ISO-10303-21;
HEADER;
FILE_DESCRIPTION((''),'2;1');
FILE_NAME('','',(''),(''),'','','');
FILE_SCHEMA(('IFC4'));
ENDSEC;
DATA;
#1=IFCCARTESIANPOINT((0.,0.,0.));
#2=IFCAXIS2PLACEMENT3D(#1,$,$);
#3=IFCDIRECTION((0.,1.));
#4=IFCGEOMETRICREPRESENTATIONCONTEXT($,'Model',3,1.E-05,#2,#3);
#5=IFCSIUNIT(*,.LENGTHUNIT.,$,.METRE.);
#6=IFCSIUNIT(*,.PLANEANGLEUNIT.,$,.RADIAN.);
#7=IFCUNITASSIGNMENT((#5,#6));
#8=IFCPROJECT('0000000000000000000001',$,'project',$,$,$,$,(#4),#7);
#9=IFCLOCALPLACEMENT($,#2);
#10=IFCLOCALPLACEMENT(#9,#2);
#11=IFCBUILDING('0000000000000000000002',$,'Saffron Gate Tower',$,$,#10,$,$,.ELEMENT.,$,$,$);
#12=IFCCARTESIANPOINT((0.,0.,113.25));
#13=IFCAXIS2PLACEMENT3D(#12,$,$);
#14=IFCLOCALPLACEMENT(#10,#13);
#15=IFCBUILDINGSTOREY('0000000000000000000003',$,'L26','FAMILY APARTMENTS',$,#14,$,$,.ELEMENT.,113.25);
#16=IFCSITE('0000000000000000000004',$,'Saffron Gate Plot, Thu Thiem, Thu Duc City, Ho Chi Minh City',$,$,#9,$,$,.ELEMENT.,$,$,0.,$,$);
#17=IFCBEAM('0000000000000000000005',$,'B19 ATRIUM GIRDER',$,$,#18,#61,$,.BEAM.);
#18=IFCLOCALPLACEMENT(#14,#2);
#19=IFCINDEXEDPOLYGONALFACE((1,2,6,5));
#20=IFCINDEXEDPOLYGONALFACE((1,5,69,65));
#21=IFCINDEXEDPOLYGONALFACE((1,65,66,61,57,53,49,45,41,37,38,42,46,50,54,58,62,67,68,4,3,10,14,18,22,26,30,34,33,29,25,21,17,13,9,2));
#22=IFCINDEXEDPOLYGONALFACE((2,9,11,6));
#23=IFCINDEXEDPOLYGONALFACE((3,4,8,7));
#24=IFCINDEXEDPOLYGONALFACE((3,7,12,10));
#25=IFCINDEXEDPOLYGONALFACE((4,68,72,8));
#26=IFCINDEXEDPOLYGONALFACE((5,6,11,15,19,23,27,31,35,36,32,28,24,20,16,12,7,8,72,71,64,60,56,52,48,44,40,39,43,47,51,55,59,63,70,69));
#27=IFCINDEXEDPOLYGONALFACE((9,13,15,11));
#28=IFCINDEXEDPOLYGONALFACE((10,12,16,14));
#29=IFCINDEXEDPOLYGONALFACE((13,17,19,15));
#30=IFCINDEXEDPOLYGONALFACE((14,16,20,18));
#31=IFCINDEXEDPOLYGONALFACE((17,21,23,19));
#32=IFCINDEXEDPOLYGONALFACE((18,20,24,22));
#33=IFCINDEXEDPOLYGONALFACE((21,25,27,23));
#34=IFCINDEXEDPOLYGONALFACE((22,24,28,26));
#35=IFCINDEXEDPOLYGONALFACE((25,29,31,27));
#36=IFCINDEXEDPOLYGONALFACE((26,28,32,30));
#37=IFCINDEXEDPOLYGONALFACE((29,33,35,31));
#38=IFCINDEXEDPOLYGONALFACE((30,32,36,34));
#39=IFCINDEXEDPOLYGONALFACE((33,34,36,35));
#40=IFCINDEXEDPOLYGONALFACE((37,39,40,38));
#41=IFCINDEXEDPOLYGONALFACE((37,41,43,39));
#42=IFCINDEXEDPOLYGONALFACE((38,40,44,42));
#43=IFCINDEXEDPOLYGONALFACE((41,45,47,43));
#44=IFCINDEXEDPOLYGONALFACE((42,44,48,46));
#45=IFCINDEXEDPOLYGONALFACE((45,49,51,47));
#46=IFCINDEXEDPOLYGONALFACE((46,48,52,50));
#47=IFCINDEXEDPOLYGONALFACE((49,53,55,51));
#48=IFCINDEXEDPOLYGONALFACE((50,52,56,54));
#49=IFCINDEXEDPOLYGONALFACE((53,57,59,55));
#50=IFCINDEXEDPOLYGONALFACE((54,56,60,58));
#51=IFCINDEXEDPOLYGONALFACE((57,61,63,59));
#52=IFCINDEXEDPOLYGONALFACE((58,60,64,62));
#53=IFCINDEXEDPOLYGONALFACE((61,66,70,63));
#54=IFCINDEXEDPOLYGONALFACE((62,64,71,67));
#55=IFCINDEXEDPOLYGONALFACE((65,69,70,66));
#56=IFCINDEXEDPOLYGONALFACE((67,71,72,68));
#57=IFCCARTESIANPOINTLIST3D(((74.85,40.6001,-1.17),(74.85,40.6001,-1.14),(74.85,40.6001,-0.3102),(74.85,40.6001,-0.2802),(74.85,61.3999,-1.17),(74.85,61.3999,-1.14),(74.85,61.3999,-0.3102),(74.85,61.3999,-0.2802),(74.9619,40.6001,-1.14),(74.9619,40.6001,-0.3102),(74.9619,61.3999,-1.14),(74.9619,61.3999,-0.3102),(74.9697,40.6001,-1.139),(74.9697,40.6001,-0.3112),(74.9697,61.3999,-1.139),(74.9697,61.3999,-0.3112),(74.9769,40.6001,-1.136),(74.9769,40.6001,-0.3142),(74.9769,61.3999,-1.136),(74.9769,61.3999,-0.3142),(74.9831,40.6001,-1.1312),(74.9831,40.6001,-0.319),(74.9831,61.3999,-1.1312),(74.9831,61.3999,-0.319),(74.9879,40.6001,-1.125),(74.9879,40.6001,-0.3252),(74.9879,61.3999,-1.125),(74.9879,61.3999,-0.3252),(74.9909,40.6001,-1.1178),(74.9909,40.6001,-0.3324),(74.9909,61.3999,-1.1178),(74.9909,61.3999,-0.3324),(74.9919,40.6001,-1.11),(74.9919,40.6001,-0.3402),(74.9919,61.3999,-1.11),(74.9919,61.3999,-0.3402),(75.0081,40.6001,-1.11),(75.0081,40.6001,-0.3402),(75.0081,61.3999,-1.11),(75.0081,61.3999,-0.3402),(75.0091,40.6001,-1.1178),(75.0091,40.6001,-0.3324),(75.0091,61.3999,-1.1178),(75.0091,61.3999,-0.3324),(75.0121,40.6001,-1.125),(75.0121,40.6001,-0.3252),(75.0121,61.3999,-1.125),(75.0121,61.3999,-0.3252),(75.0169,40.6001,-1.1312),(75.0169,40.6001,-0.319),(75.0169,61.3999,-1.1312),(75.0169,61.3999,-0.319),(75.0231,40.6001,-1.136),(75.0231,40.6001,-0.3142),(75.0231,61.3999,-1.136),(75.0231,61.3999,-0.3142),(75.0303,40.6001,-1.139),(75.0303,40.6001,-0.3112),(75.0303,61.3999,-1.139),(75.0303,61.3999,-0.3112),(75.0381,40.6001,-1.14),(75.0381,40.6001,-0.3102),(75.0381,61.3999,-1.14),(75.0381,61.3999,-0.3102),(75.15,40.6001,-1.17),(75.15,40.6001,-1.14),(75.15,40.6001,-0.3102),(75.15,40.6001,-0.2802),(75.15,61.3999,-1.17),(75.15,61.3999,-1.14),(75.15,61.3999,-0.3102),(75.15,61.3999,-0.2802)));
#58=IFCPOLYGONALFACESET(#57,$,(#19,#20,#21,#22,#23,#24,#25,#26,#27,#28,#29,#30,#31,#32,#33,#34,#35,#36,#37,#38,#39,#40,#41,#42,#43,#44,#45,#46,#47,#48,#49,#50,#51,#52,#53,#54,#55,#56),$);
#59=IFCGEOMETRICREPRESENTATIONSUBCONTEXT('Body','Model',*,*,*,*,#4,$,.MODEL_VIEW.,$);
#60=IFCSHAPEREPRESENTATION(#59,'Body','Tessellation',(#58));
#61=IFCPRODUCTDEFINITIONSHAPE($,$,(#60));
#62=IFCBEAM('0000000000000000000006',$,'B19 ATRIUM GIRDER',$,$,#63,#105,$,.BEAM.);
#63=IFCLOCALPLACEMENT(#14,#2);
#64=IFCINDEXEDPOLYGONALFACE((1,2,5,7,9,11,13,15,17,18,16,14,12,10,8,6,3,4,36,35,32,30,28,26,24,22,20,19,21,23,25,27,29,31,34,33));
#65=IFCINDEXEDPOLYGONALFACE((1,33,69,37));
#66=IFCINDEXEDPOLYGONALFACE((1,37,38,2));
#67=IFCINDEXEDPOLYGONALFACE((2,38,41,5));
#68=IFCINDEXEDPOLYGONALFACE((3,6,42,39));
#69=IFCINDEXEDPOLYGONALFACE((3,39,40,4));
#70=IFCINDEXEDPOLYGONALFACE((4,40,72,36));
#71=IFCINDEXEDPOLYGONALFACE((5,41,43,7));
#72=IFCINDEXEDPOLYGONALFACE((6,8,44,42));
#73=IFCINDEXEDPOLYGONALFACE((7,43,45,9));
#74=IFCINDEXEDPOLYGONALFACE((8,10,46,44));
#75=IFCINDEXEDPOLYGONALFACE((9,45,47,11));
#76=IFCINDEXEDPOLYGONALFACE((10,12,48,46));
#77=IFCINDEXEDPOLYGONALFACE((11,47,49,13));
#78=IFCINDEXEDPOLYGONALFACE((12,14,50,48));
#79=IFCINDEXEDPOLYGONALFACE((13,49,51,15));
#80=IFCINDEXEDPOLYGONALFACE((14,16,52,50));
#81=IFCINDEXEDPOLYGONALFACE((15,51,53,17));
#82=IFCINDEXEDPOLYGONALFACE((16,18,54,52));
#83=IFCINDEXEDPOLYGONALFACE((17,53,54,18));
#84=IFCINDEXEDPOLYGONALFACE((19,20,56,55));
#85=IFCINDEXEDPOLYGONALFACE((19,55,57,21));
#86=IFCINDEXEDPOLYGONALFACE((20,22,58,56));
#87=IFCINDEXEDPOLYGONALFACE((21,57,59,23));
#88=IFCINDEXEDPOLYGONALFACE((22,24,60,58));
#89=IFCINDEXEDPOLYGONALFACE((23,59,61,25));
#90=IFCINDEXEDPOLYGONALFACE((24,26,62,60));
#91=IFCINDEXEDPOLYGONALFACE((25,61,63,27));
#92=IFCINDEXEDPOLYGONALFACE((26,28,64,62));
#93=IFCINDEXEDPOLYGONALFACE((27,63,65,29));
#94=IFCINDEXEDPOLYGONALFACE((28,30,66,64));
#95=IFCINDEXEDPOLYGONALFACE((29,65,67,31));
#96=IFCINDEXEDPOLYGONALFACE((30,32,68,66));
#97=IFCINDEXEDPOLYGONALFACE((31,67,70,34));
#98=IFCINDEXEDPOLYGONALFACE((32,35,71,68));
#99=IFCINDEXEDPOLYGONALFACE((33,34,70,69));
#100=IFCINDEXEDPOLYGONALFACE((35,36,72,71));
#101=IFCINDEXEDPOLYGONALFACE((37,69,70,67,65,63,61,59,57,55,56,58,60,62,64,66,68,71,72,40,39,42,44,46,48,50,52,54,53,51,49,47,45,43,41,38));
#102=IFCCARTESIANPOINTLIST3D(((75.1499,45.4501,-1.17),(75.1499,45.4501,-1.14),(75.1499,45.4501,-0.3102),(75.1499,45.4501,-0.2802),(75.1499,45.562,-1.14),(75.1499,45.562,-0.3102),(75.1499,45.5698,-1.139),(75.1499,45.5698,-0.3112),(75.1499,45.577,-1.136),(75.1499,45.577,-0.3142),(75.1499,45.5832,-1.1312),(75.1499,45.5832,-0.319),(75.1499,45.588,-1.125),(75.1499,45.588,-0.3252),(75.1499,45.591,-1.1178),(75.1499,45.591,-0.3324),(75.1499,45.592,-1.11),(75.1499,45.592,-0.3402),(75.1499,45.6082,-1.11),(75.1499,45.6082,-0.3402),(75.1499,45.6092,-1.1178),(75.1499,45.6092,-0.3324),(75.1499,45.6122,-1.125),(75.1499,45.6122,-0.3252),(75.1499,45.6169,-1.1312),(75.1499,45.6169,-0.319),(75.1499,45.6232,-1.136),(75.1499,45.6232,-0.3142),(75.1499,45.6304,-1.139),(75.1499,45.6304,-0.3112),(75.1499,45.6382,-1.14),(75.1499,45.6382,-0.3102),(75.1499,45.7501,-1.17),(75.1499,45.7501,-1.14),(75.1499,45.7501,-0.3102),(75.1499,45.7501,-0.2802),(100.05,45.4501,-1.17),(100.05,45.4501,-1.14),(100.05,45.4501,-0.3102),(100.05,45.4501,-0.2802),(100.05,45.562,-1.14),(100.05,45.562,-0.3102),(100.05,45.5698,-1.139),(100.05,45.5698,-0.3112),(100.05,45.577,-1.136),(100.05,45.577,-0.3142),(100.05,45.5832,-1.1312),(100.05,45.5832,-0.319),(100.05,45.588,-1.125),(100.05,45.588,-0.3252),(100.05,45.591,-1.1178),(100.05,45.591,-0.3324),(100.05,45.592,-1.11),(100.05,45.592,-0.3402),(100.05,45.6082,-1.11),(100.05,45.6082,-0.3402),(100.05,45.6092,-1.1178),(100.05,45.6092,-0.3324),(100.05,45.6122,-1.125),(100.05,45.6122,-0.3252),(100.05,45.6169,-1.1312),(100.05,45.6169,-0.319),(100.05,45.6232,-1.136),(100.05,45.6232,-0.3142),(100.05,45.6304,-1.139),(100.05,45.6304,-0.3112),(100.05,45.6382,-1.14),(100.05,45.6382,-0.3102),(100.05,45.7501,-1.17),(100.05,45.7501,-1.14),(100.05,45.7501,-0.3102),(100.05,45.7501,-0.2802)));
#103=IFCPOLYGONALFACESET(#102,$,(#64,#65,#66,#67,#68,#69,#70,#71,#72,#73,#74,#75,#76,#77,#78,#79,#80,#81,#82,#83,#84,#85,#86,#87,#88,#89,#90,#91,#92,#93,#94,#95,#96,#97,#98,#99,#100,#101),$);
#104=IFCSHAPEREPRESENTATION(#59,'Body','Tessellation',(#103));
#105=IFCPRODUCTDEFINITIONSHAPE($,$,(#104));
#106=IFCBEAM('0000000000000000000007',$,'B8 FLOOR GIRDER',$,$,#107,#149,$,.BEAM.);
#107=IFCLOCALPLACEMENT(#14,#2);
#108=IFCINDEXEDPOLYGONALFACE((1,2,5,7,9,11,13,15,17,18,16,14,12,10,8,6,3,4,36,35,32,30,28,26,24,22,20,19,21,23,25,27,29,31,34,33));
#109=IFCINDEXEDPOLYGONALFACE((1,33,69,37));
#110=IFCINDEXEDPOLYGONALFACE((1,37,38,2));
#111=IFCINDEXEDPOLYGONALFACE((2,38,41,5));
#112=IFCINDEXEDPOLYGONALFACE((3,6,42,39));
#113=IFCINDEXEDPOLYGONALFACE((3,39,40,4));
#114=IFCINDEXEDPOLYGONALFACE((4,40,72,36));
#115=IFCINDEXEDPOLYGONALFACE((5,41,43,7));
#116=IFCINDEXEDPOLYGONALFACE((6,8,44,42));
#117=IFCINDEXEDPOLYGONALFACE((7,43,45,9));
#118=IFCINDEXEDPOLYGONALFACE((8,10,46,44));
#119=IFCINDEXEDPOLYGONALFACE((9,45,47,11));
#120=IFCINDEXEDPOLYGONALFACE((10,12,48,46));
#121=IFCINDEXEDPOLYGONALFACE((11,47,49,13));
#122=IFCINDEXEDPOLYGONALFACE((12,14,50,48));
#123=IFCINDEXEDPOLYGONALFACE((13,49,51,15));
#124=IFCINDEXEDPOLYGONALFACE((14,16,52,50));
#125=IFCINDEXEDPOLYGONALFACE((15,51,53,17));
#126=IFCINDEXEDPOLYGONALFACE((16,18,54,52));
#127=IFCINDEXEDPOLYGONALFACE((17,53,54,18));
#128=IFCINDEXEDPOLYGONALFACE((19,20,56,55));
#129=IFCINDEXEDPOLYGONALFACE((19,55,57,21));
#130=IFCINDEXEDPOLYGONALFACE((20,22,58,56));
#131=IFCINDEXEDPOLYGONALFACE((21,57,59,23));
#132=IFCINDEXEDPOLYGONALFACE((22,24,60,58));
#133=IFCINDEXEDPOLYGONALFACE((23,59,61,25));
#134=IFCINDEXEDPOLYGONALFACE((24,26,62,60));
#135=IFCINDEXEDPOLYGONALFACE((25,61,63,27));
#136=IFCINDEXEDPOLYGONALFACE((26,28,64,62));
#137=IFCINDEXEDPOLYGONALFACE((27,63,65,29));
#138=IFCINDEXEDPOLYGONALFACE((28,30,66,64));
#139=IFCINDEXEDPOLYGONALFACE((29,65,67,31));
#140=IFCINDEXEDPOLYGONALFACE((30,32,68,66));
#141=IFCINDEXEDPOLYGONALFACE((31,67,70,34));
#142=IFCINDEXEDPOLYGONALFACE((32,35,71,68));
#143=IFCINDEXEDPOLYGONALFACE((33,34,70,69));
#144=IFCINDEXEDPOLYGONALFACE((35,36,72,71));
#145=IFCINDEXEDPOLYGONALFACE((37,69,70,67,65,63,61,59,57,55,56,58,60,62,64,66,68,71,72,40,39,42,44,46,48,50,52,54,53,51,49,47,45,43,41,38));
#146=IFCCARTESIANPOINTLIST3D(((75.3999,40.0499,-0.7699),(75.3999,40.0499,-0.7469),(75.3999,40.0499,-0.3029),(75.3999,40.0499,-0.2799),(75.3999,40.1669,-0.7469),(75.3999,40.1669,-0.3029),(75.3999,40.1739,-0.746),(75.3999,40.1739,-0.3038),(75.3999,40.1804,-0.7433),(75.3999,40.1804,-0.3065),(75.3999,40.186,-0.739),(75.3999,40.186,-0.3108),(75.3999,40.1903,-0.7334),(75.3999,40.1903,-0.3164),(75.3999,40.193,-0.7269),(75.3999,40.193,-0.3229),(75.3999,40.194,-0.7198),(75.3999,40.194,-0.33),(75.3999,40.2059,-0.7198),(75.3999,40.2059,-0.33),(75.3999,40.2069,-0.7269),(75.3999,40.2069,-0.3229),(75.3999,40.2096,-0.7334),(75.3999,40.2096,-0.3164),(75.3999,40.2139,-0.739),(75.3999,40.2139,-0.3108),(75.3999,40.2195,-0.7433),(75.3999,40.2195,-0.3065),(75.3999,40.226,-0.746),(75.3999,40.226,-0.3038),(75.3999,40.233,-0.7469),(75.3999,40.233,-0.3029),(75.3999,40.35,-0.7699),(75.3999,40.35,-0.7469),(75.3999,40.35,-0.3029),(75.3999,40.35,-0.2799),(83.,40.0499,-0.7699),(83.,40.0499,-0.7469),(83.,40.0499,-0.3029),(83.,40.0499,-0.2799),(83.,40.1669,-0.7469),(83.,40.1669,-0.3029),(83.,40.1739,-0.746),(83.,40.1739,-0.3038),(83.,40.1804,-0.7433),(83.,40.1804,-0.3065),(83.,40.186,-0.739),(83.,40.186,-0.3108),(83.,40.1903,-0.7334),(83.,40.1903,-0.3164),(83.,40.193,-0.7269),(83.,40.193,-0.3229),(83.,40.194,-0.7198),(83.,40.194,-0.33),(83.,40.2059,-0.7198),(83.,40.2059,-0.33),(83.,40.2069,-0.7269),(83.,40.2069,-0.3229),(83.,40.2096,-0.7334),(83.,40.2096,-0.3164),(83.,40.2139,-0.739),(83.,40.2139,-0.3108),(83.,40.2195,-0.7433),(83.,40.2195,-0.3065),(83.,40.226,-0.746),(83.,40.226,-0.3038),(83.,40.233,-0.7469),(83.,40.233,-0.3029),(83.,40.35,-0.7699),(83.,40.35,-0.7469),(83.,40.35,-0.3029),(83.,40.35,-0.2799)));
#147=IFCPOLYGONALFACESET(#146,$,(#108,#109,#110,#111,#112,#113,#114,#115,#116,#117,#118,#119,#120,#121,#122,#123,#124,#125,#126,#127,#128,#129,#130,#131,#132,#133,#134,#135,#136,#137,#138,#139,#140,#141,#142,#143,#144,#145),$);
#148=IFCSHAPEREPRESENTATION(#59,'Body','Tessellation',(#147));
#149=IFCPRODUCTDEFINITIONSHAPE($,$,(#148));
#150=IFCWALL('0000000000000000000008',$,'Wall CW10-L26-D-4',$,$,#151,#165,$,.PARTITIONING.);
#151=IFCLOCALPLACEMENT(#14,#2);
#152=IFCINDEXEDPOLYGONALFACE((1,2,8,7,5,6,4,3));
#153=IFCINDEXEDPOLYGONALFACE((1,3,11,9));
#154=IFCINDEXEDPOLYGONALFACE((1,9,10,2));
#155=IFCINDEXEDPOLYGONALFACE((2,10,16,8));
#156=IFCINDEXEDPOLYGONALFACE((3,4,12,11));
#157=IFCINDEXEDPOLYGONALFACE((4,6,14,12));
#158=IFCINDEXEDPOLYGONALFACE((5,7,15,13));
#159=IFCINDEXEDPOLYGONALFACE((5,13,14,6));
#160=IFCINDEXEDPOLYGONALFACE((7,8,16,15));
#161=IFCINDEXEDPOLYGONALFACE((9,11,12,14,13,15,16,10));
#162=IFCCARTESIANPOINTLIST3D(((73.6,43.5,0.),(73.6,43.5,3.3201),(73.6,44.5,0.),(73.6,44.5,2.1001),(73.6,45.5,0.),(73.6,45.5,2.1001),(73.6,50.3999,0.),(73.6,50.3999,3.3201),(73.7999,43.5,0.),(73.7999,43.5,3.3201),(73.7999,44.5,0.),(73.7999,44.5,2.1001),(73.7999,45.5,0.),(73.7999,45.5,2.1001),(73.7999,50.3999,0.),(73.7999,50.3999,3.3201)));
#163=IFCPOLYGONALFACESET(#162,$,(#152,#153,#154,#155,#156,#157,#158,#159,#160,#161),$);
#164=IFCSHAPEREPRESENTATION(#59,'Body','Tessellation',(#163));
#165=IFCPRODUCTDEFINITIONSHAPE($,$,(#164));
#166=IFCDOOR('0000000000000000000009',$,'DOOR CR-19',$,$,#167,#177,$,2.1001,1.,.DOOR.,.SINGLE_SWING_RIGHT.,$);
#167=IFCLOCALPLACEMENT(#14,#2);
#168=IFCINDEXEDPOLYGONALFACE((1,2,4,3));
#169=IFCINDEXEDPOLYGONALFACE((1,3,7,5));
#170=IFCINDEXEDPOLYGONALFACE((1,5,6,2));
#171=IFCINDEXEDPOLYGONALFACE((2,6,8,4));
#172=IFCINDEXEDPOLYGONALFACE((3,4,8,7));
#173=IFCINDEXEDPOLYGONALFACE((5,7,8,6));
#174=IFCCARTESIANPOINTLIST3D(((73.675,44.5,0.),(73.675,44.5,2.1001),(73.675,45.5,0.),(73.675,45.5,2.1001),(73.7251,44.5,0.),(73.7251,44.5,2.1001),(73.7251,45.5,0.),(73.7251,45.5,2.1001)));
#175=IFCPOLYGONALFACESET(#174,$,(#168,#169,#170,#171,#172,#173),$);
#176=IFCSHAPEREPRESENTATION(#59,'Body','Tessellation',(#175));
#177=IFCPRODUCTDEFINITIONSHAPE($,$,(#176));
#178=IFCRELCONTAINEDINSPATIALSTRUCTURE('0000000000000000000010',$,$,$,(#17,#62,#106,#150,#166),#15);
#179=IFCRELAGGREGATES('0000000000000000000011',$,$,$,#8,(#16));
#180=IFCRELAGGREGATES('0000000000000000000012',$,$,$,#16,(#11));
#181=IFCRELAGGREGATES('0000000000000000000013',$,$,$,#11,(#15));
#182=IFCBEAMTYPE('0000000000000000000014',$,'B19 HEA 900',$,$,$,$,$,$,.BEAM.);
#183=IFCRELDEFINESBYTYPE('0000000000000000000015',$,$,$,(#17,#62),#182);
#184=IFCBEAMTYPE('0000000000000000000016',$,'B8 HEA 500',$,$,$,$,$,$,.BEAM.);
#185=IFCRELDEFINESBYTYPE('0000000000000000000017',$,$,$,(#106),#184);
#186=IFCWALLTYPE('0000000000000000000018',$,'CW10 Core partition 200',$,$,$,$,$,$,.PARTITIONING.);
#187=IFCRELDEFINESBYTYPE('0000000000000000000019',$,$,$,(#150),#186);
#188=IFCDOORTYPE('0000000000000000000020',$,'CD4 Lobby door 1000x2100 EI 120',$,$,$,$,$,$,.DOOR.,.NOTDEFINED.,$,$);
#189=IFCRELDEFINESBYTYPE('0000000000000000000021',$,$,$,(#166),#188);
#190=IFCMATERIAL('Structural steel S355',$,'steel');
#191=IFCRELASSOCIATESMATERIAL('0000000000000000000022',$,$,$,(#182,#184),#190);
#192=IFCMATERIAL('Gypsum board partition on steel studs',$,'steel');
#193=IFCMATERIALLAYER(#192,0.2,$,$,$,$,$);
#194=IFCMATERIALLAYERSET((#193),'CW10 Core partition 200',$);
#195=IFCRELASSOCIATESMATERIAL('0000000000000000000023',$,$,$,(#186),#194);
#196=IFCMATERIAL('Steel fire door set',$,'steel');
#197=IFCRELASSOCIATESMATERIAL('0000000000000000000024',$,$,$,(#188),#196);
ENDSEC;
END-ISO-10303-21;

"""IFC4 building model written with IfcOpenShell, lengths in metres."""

from ifc_helpers import new_model, si_unit, direction, frame, frame_2d, origin, origin_2d, place, context, subcontext, project, spatial, rectangle, i_section, extrude, material, layer, layer_set, material_profile, profile_set, type_object, element, fill, save


model = new_model("IFC4")

# Units and contexts
model_context = context("Model", 3, precision=1e-05, world=origin(), true_north=direction((0.0, 1.0)))
body_context = subcontext(model_context, "Body", "Model", "MODEL_VIEW")
ifc_project = project(units=[si_unit("LENGTHUNIT", "METRE"), si_unit("PLANEANGLEUNIT", "RADIAN")], contexts=[model_context])

# Site, building, storey
site_placement = place(None, origin())
site = spatial("IfcSite", under=ifc_project, at=site_placement, Name="Saffron Gate Plot, Thu Thiem, Thu Duc City, Ho Chi Minh City", CompositionType="ELEMENT", RefElevation=0.0)
building_placement = place(site_placement, origin())
building = spatial("IfcBuilding", under=site, at=building_placement, Name="Saffron Gate Tower", CompositionType="ELEMENT")
storey_placement = place(building_placement, frame((0.0, 0.0, 113.25)))
storey = spatial("IfcBuildingStorey", under=building, at=storey_placement, Name="L26", Description="FAMILY APARTMENTS", CompositionType="ELEMENT", Elevation=113.25)

# Beams
ifc_material_1 = material(Name="Structural steel S355", Category="steel")
ifc_material_profile_1 = material_profile(ifc_material_1, i_section(OverallWidth=0.3, OverallDepth=0.8899, WebThickness=0.0161, FlangeThickness=0.03, FilletRadius=0.03, at=origin_2d()))
ifc_profile_set_1 = profile_set([ifc_material_profile_1], Name="Structural steel S355")
beam_type_1 = type_object("IfcBeamType", Name="B19 HEA 900", PredefinedType="BEAM", material=ifc_profile_set_1)
beam_1_placement = place(storey_placement, frame((75.0, 40.6001, -0.7251), z_axis=(0.0, 1.0, 0.0), x_axis=(-1.0, 0.0, 0.0)))
element("IfcBeam", 1, at=beam_1_placement, inside=storey, type_object=beam_type_1, Name="B19 ATRIUM GIRDER", PredefinedType="BEAM", context=body_context, shape_type="SweptSolid", body=[
    extrude(i_section(OverallWidth=0.3, OverallDepth=0.8899, WebThickness=0.0161, FlangeThickness=0.03, FilletRadius=0.03, at=origin_2d()), origin(), (0.0, 0.0, 1.0), 20.7998),
])
beam_2_placement = place(storey_placement, frame((75.1499, 45.6001, -0.7251), z_axis=(1.0, 0.0, 0.0), x_axis=(0.0, 1.0, 0.0)))
element("IfcBeam", 2, at=beam_2_placement, inside=storey, type_object=beam_type_1, Name="B19 ATRIUM GIRDER", PredefinedType="BEAM", context=body_context, shape_type="SweptSolid", body=[
    extrude(i_section(OverallWidth=0.3, OverallDepth=0.8899, WebThickness=0.0161, FlangeThickness=0.03, FilletRadius=0.03, at=origin_2d()), origin(), (0.0, 0.0, 1.0), 24.9001),
])
ifc_material_profile_2 = material_profile(ifc_material_1, i_section(OverallWidth=0.3, OverallDepth=0.49, WebThickness=0.012, FlangeThickness=0.0229, FilletRadius=0.0271, at=origin_2d()))
ifc_profile_set_2 = profile_set([ifc_material_profile_2], Name="Structural steel S355")
beam_type_2 = type_object("IfcBeamType", Name="B8 HEA 500", PredefinedType="BEAM", material=ifc_profile_set_2)
beam_3_placement = place(storey_placement, frame((75.3999, 40.2, -0.5249), z_axis=(1.0, 0.0, 0.0), x_axis=(0.0, 1.0, 0.0)))
element("IfcBeam", 3, at=beam_3_placement, inside=storey, type_object=beam_type_2, Name="B8 FLOOR GIRDER", PredefinedType="BEAM", context=body_context, shape_type="SweptSolid", body=[
    extrude(i_section(OverallWidth=0.3, OverallDepth=0.49, WebThickness=0.012, FlangeThickness=0.0229, FilletRadius=0.0271, at=origin_2d()), origin(), (0.0, 0.0, 1.0), 7.6001),
])

# Wall, opening, door
ifc_material_2 = material(Name="Gypsum board partition on steel studs", Category="steel")
ifc_layer_1 = layer(ifc_material_2, 0.2)
ifc_layer_set_1 = layer_set([ifc_layer_1], Name="CW10 Core partition 200")
wall_type_1 = type_object("IfcWallType", Name="CW10 Core partition 200", PredefinedType="PARTITIONING", material=ifc_layer_set_1)
wall_1_placement = place(storey_placement, frame((73.7, 43.5, 0.0), z_axis=(0.0, 0.0, 1.0), x_axis=(0.0, 1.0, 0.0)))
wall_1 = element("IfcWall", 4, at=wall_1_placement, inside=storey, type_object=wall_type_1, Name="Wall CW10-L26-D-4", PredefinedType="PARTITIONING", context=body_context, shape_type="SweptSolid", body=[
    extrude(rectangle(XDim=6.8999, YDim=0.2, at=frame_2d((3.45, 0.0))), origin(), (0.0, 0.0, 1.0), 3.3201),
])
opening_1_placement = place(wall_1_placement, frame((1.0, 0.0, 0.0)))
opening_1 = element("IfcOpeningElement", 5, at=opening_1_placement, cuts=wall_1, PredefinedType="OPENING", context=body_context, shape_type="SweptSolid", body=[
    extrude(rectangle(XDim=1.0, YDim=2.1001, at=frame_2d((0.5, 1.05))), frame((0.0, 0.1099, 0.0), z_axis=(0.0, -1.0, 0.0), x_axis=(1.0, 0.0, 0.0)), (0.0, 0.0, 1.0), 0.22),
])
ifc_material_3 = material(Name="Steel fire door set", Category="steel")
door_type_1 = type_object("IfcDoorType", Name="CD4 Lobby door 1000x2100 EI 120", OperationType="NOTDEFINED", PredefinedType="DOOR", material=ifc_material_3)
door_1_placement = place(opening_1_placement, origin())
door_1 = element("IfcDoor", 6, at=door_1_placement, inside=storey, type_object=door_type_1, Name="DOOR CR-19", OperationType="SINGLE_SWING_RIGHT", OverallHeight=2.1001, OverallWidth=1.0, PredefinedType="DOOR", context=body_context, shape_type="SweptSolid", body=[
    extrude(rectangle(XDim=1.0, YDim=2.1001, at=frame_2d((0.5, 1.05))), frame((0.0, 0.0249, 0.0), z_axis=(0.0, -1.0, 0.0), x_axis=(1.0, 0.0, 0.0)), (0.0, 0.0, 1.0), 0.05),
])
fill(opening_1, door_1)

save(model, "model.ifc")
